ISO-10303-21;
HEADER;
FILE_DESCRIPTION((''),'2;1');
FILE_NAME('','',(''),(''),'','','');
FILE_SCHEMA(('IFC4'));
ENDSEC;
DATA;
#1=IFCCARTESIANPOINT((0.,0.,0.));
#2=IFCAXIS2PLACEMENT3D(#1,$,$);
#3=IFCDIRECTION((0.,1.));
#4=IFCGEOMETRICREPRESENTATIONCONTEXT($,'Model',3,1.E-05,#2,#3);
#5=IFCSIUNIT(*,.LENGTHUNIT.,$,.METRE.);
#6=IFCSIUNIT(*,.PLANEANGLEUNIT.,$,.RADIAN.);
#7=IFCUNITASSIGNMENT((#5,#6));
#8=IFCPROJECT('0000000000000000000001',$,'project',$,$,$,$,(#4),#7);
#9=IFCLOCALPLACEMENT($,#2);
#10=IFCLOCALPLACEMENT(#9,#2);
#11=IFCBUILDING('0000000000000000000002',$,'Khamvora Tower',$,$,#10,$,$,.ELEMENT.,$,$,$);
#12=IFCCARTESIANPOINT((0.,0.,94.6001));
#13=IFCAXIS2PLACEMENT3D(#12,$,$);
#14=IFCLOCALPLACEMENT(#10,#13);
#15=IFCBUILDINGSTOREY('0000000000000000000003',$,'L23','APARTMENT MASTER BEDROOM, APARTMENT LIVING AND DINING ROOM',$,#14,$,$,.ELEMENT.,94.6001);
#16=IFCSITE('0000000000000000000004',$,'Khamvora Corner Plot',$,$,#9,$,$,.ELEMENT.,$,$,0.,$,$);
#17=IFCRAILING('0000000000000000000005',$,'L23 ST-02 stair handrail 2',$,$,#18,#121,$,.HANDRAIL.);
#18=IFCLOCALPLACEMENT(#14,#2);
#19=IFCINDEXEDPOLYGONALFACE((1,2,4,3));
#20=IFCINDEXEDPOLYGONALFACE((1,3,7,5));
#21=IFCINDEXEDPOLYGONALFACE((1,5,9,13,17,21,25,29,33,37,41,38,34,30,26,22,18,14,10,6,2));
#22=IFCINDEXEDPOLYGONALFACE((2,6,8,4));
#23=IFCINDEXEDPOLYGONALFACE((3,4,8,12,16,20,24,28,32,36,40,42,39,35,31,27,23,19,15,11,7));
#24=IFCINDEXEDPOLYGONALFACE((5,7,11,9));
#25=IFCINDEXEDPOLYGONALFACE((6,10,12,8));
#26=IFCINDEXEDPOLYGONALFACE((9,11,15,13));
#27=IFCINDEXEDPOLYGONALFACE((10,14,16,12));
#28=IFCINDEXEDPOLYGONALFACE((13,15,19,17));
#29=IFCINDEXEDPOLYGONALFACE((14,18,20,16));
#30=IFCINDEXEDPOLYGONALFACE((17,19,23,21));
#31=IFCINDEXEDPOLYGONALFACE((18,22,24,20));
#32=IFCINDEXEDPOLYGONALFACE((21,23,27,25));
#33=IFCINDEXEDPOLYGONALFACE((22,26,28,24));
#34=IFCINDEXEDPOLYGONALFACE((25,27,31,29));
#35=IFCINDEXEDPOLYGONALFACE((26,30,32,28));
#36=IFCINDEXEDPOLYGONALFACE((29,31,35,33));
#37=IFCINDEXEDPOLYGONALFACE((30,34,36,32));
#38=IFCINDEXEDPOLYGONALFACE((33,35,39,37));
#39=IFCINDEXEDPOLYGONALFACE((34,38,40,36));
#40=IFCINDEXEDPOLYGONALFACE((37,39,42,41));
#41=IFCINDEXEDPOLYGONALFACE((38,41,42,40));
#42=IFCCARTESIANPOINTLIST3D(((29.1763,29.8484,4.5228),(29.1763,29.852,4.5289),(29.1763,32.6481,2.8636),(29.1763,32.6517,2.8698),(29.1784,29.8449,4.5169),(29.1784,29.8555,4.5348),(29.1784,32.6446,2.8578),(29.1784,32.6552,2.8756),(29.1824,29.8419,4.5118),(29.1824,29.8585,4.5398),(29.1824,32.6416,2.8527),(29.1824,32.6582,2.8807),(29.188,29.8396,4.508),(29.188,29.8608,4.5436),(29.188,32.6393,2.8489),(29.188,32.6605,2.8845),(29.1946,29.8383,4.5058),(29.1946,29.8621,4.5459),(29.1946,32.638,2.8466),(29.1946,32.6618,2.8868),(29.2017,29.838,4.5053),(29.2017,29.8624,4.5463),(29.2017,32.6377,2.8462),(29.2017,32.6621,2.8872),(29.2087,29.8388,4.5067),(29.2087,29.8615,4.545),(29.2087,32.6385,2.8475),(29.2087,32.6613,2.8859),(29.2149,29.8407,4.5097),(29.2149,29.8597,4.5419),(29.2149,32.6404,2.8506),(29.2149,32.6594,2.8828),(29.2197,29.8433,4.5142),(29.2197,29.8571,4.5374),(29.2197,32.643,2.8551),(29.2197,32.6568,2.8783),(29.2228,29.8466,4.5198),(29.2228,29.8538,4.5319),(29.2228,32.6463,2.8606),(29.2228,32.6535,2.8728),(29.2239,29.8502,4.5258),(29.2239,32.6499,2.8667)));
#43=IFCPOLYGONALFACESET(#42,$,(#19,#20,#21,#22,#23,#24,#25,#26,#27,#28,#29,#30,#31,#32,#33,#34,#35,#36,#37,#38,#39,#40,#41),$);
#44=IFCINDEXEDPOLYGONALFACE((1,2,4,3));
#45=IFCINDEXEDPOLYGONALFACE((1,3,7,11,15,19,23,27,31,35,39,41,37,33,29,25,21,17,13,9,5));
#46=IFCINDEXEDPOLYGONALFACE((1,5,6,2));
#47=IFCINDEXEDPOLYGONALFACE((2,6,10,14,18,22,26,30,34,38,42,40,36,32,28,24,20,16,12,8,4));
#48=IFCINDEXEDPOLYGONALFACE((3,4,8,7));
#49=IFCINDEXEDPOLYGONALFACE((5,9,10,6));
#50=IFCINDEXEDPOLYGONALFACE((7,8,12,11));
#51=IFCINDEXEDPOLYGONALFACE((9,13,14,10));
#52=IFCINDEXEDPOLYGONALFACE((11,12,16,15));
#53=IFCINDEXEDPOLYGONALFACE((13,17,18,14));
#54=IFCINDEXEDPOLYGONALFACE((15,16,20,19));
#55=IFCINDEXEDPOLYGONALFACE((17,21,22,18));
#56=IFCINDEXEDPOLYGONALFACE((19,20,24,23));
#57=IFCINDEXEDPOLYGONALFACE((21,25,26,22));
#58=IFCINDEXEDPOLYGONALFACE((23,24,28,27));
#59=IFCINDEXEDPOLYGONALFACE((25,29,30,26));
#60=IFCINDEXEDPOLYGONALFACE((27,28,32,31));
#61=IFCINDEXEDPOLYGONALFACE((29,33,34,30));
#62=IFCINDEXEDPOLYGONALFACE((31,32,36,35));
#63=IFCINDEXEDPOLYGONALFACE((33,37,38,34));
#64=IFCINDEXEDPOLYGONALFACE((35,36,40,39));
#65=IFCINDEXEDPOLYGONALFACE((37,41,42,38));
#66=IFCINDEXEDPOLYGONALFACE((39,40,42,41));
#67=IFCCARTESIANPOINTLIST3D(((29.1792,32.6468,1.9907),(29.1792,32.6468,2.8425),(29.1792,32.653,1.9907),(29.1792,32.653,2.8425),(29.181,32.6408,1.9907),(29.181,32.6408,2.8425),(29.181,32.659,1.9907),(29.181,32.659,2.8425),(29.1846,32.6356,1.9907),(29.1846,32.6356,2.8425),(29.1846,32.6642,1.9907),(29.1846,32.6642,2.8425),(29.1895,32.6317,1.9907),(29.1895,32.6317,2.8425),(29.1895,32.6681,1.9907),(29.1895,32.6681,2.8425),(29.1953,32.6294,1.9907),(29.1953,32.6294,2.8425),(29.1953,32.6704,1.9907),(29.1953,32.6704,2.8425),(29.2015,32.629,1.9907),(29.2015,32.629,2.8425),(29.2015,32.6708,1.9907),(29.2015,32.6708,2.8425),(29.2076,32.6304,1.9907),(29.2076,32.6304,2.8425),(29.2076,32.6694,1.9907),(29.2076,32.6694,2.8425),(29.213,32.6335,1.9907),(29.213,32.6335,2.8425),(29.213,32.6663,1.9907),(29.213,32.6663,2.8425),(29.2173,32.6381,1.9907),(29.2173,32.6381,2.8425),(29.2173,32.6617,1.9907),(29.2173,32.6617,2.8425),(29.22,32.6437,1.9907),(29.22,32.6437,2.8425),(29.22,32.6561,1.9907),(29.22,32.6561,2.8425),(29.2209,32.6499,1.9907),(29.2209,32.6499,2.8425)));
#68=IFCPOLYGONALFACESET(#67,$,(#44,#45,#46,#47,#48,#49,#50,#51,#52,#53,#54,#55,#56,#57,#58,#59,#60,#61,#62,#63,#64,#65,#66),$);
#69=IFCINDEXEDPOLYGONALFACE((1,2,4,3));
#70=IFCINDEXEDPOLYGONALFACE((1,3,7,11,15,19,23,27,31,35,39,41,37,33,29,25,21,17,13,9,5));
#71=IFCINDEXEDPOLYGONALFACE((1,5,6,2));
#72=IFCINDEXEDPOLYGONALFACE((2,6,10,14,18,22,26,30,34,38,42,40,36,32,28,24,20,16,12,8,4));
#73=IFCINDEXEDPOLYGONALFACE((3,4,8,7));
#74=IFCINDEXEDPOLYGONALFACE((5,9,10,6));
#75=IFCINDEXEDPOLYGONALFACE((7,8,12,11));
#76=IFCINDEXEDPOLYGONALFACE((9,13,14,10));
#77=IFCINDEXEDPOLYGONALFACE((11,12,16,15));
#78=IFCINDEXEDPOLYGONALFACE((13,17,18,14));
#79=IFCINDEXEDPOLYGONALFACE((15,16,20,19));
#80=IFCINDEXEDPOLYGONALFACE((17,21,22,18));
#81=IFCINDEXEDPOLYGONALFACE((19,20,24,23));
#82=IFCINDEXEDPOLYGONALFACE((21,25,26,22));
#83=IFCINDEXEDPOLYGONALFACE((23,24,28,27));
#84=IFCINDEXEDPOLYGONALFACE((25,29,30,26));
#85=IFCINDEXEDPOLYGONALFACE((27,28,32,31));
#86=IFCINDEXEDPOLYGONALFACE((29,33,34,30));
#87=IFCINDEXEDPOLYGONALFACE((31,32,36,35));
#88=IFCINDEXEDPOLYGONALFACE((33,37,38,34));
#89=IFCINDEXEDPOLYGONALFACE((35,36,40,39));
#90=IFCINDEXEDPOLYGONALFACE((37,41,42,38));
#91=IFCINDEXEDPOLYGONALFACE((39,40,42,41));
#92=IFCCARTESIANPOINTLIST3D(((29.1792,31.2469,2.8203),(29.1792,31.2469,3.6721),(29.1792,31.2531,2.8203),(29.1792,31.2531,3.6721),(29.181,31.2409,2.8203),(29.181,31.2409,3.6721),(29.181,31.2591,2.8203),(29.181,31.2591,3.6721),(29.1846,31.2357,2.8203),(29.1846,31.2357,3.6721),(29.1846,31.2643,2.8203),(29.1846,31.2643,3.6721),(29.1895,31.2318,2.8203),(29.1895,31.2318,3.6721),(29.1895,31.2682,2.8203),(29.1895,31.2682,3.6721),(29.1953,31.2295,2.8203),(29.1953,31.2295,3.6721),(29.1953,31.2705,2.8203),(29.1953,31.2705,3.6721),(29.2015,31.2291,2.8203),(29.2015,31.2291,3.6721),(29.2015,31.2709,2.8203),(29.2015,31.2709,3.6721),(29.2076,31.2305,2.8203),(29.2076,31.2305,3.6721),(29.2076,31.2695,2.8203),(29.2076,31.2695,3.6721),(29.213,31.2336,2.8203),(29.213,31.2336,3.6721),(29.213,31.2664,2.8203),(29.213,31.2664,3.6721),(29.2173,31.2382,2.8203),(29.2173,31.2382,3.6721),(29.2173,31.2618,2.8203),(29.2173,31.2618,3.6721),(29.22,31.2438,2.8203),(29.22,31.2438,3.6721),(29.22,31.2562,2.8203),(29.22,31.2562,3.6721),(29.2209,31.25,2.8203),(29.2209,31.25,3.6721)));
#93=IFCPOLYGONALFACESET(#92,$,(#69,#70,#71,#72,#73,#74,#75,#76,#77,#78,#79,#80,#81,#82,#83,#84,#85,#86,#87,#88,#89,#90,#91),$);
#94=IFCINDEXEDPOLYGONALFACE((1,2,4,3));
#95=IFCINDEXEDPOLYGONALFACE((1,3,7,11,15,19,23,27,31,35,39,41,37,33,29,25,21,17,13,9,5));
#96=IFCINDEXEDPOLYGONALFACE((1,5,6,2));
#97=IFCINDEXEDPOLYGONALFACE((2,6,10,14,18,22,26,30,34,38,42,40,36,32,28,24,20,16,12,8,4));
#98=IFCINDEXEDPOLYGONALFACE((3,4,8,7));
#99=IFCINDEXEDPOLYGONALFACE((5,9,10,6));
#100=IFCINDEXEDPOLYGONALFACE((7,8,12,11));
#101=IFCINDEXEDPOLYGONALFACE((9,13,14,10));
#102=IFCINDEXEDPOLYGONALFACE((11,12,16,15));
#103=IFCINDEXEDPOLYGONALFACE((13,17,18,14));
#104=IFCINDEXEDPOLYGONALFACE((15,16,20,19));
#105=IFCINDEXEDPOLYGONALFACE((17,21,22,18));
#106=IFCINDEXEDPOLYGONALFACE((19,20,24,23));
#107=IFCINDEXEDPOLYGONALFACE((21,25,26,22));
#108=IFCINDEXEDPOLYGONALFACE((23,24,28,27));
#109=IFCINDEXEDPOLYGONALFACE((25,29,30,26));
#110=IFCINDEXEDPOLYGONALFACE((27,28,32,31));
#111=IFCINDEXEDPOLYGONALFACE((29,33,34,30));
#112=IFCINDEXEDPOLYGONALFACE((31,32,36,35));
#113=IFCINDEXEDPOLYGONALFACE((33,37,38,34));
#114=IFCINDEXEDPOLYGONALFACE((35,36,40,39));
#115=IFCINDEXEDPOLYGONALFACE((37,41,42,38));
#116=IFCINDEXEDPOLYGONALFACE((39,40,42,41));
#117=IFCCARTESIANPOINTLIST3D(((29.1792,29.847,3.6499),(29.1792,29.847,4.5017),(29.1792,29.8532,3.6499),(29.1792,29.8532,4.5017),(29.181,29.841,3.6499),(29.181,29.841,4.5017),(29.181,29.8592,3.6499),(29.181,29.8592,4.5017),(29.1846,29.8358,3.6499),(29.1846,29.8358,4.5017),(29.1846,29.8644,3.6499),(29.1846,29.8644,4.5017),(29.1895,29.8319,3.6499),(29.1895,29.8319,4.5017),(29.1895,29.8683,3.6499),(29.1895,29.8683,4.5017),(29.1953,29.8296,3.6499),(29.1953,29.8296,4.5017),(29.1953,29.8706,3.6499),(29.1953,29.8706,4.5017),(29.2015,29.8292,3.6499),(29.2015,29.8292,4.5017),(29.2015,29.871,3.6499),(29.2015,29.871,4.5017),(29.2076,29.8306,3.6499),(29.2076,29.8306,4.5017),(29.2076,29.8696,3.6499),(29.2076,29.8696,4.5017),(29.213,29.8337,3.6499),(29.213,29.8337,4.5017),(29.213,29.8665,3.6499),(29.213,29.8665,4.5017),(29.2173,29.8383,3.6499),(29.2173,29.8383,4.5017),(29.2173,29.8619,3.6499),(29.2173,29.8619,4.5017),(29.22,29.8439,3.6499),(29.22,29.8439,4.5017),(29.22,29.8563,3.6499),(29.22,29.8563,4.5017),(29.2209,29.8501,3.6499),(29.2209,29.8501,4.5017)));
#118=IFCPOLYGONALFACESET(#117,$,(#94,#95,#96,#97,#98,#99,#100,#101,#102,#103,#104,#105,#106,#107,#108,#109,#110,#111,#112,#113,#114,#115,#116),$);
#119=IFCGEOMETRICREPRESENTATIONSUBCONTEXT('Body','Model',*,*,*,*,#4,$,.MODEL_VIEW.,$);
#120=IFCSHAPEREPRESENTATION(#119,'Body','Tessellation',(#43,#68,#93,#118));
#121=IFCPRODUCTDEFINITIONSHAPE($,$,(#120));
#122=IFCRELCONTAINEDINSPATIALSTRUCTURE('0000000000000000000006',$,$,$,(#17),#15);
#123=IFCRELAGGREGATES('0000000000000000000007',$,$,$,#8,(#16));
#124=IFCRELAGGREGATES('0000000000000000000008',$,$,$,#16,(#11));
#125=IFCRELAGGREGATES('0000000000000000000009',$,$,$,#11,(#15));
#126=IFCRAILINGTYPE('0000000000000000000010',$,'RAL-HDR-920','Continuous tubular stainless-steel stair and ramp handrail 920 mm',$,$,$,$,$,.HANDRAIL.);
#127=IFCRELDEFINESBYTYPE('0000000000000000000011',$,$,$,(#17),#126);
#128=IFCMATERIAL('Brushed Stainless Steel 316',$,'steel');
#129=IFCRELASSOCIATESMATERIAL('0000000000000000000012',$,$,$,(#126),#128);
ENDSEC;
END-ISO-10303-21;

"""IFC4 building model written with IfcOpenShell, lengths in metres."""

from ifc_helpers import new_model, si_unit, direction, frame, origin, origin_2d, place, context, subcontext, project, spatial, circle, extrude, material, type_object, element, save


model = new_model("IFC4")

# Units and contexts
model_context = context("Model", 3, precision=1e-05, world=origin(), true_north=direction((0.0, 1.0)))
body_context = subcontext(model_context, "Body", "Model", "MODEL_VIEW")
ifc_project = project(units=[si_unit("LENGTHUNIT", "METRE"), si_unit("PLANEANGLEUNIT", "RADIAN")], contexts=[model_context])

# Site, building, storey
site_placement = place(None, origin())
site = spatial("IfcSite", under=ifc_project, at=site_placement, Name="Khamvora Corner Plot", CompositionType="ELEMENT", RefElevation=0.0)
building_placement = place(site_placement, origin())
building = spatial("IfcBuilding", under=site, at=building_placement, Name="Khamvora Tower", CompositionType="ELEMENT")
storey_placement = place(building_placement, frame((0.0, 0.0, 94.6001)))
storey = spatial("IfcBuildingStorey", under=building, at=storey_placement, Name="L23", Description="APARTMENT MASTER BEDROOM, APARTMENT LIVING AND DINING ROOM", CompositionType="ELEMENT", Elevation=94.6001)

# Railing
ifc_material_1 = material(Name="Brushed Stainless Steel 316", Category="steel")
railing_type_1 = type_object("IfcRailingType", Name="RAL-HDR-920", Description="Continuous tubular stainless-steel stair and ramp handrail 920 mm", PredefinedType="HANDRAIL", material=ifc_material_1)
railing_1_placement = place(storey_placement, frame((29.2, 32.6499, 1.9907)))
element("IfcRailing", 1, at=railing_1_placement, inside=storey, type_object=railing_type_1, Name="L23 ST-02 stair handrail 2", PredefinedType="HANDRAIL", context=body_context, shape_type="SweptSolid", body=[
    extrude(circle(Radius=0.0239, at=origin_2d()), frame((0.0, 0.0, 0.876), z_axis=(0.0, -0.860287, 0.509811), x_axis=(1.0, 0.0, 0.0)), (0.0, 0.0, 1.0), 3.2544),
    extrude(circle(Radius=0.021, at=origin_2d()), origin(), (0.0, 0.0, 1.0), 0.8518),
    extrude(circle(Radius=0.021, at=origin_2d()), frame((0.0, -1.3999, 0.8296)), (0.0, 0.0, 1.0), 0.8518),
    extrude(circle(Radius=0.021, at=origin_2d()), frame((0.0, -2.7998, 1.6592)), (0.0, 0.0, 1.0), 0.8518),
])

save(model, "model.ifc")
